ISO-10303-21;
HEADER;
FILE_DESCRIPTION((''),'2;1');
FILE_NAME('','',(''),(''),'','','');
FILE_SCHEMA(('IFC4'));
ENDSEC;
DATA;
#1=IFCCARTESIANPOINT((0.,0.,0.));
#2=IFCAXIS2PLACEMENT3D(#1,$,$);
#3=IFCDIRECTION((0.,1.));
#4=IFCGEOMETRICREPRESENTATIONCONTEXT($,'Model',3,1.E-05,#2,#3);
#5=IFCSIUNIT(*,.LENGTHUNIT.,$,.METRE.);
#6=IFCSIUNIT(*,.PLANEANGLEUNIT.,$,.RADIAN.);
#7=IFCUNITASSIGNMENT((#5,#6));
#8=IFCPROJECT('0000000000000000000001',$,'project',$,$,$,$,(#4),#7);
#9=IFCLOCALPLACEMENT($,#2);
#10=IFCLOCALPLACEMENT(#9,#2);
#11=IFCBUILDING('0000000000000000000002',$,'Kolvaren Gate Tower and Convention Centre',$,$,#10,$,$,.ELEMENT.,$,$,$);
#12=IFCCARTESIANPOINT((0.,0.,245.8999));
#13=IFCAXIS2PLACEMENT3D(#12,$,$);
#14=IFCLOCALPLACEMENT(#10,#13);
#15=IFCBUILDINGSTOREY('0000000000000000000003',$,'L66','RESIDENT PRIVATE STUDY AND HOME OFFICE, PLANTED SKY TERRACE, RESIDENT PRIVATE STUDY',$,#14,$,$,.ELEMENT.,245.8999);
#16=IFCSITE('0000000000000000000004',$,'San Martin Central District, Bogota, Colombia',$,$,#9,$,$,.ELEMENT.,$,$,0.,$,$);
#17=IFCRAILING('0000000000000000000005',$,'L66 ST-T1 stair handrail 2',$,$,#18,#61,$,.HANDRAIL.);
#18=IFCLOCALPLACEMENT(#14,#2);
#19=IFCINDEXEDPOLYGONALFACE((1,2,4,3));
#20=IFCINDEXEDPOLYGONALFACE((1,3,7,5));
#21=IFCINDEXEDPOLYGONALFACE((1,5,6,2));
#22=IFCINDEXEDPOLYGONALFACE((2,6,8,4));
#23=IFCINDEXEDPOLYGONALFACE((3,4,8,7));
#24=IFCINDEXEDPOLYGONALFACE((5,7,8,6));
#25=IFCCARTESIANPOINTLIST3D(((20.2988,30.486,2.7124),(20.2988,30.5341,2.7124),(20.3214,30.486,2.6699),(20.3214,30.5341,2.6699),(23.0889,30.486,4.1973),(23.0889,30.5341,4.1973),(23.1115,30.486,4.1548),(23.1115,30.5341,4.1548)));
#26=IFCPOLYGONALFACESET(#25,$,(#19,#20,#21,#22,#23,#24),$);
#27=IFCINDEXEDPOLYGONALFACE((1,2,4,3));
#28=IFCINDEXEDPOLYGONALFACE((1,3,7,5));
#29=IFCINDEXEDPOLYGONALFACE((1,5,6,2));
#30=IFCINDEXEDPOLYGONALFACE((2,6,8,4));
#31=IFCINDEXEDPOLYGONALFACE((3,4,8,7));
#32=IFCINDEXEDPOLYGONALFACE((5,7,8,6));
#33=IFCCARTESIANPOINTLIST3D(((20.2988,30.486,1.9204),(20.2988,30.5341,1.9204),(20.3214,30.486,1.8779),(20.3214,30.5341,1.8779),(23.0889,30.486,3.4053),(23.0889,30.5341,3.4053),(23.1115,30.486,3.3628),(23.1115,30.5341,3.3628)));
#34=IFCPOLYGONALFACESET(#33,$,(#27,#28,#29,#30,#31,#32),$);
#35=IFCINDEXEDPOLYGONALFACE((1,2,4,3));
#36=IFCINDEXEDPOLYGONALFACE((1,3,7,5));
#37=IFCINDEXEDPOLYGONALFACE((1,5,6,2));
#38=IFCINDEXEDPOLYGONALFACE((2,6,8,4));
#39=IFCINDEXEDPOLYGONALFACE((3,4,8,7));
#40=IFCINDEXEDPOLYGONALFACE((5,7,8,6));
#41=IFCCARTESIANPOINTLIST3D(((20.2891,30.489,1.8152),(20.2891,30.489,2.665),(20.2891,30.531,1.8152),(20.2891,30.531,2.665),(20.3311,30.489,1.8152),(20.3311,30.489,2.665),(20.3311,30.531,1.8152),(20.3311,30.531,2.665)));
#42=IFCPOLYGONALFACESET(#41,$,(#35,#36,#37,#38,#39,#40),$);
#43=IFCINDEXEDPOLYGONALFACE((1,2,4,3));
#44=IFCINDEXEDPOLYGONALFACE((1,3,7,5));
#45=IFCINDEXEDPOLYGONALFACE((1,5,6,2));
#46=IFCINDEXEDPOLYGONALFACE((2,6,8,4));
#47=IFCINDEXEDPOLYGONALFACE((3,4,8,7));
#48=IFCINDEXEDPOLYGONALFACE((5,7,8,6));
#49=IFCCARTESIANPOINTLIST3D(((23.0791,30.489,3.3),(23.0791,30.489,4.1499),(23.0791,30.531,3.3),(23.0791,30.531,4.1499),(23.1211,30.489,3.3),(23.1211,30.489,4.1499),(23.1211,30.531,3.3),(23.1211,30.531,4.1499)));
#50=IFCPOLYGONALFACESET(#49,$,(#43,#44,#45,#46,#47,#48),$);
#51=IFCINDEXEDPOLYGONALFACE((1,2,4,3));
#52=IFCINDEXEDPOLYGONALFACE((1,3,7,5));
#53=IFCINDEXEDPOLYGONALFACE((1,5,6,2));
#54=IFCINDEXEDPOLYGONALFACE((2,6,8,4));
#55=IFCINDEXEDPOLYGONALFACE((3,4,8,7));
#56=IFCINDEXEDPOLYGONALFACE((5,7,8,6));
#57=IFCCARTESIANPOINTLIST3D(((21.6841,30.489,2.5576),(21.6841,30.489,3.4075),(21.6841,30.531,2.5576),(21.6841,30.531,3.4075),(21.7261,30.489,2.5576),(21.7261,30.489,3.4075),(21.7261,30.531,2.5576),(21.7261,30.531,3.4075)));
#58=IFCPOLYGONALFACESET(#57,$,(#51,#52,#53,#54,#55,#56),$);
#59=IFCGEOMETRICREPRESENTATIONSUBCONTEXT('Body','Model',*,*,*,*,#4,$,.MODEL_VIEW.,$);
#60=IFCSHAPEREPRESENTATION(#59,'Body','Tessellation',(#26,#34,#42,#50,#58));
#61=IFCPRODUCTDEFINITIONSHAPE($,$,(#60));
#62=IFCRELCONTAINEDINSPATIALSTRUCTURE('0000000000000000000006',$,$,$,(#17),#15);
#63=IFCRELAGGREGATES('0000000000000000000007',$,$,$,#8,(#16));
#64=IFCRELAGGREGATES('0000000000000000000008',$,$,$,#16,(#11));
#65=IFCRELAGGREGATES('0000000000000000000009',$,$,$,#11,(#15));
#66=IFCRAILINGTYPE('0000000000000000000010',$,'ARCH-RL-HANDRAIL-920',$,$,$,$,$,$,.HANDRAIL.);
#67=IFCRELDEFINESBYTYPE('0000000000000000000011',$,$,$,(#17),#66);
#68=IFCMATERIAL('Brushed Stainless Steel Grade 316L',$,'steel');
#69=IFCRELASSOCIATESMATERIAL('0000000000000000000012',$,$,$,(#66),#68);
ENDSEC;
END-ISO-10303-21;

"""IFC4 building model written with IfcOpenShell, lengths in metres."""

from ifc_helpers import new_model, si_unit, direction, frame, origin, origin_2d, place, context, subcontext, project, spatial, rectangle, extrude, material, type_object, element, save


model = new_model("IFC4")

# Units and contexts
model_context = context("Model", 3, precision=1e-05, world=origin(), true_north=direction((0.0, 1.0)))
body_context = subcontext(model_context, "Body", "Model", "MODEL_VIEW")
ifc_project = project(units=[si_unit("LENGTHUNIT", "METRE"), si_unit("PLANEANGLEUNIT", "RADIAN")], contexts=[model_context])

# Site, building, storey
site_placement = place(None, origin())
site = spatial("IfcSite", under=ifc_project, at=site_placement, Name="San Martin Central District, Bogota, Colombia", CompositionType="ELEMENT", RefElevation=0.0)
building_placement = place(site_placement, origin())
building = spatial("IfcBuilding", under=site, at=building_placement, Name="Kolvaren Gate Tower and Convention Centre", CompositionType="ELEMENT")
storey_placement = place(building_placement, frame((0.0, 0.0, 245.8999)))
storey = spatial("IfcBuildingStorey", under=building, at=storey_placement, Name="L66", Description="RESIDENT PRIVATE STUDY AND HOME OFFICE, PLANTED SKY TERRACE, RESIDENT PRIVATE STUDY", CompositionType="ELEMENT", Elevation=245.8999)

# Shared definitions
ifc_material_1 = material(Name="Brushed Stainless Steel Grade 316L", Category="steel")

# Railing
railing_type_1 = type_object("IfcRailingType", Name="ARCH-RL-HANDRAIL-920", PredefinedType="HANDRAIL", material=ifc_material_1)
railing_1_placement = place(storey_placement, frame((20.3101, 30.51, 1.8152)))
element("IfcRailing", 1, at=railing_1_placement, inside=storey, type_object=railing_type_1, Name="L66 ST-T1 stair handrail 2", PredefinedType="HANDRAIL", context=body_context, shape_type="SweptSolid", body=[
    extrude(rectangle(XDim=0.0481, YDim=0.0481, at=origin_2d()), frame((0.0, 0.0, 0.876), z_axis=(0.882767, 0.0, 0.46981), x_axis=(0.0, 1.0, 0.0)), (0.0, 0.0, 1.0), 3.1606),
    extrude(rectangle(XDim=0.0481, YDim=0.0481, at=origin_2d()), frame((0.0, 0.0, 0.084), z_axis=(0.882767, 0.0, 0.46981), x_axis=(0.0, 1.0, 0.0)), (0.0, 0.0, 1.0), 3.1606),
    extrude(rectangle(XDim=0.042, YDim=0.042, at=origin_2d()), origin(), (0.0, 0.0, 1.0), 0.8499),
    extrude(rectangle(XDim=0.042, YDim=0.042, at=origin_2d()), frame((2.79, 0.0, 1.4849)), (0.0, 0.0, 1.0), 0.8499),
    extrude(rectangle(XDim=0.042, YDim=0.042, at=origin_2d()), frame((1.395, 0.0, 0.7424)), (0.0, 0.0, 1.0), 0.8499),
])

save(model, "model.ifc")
